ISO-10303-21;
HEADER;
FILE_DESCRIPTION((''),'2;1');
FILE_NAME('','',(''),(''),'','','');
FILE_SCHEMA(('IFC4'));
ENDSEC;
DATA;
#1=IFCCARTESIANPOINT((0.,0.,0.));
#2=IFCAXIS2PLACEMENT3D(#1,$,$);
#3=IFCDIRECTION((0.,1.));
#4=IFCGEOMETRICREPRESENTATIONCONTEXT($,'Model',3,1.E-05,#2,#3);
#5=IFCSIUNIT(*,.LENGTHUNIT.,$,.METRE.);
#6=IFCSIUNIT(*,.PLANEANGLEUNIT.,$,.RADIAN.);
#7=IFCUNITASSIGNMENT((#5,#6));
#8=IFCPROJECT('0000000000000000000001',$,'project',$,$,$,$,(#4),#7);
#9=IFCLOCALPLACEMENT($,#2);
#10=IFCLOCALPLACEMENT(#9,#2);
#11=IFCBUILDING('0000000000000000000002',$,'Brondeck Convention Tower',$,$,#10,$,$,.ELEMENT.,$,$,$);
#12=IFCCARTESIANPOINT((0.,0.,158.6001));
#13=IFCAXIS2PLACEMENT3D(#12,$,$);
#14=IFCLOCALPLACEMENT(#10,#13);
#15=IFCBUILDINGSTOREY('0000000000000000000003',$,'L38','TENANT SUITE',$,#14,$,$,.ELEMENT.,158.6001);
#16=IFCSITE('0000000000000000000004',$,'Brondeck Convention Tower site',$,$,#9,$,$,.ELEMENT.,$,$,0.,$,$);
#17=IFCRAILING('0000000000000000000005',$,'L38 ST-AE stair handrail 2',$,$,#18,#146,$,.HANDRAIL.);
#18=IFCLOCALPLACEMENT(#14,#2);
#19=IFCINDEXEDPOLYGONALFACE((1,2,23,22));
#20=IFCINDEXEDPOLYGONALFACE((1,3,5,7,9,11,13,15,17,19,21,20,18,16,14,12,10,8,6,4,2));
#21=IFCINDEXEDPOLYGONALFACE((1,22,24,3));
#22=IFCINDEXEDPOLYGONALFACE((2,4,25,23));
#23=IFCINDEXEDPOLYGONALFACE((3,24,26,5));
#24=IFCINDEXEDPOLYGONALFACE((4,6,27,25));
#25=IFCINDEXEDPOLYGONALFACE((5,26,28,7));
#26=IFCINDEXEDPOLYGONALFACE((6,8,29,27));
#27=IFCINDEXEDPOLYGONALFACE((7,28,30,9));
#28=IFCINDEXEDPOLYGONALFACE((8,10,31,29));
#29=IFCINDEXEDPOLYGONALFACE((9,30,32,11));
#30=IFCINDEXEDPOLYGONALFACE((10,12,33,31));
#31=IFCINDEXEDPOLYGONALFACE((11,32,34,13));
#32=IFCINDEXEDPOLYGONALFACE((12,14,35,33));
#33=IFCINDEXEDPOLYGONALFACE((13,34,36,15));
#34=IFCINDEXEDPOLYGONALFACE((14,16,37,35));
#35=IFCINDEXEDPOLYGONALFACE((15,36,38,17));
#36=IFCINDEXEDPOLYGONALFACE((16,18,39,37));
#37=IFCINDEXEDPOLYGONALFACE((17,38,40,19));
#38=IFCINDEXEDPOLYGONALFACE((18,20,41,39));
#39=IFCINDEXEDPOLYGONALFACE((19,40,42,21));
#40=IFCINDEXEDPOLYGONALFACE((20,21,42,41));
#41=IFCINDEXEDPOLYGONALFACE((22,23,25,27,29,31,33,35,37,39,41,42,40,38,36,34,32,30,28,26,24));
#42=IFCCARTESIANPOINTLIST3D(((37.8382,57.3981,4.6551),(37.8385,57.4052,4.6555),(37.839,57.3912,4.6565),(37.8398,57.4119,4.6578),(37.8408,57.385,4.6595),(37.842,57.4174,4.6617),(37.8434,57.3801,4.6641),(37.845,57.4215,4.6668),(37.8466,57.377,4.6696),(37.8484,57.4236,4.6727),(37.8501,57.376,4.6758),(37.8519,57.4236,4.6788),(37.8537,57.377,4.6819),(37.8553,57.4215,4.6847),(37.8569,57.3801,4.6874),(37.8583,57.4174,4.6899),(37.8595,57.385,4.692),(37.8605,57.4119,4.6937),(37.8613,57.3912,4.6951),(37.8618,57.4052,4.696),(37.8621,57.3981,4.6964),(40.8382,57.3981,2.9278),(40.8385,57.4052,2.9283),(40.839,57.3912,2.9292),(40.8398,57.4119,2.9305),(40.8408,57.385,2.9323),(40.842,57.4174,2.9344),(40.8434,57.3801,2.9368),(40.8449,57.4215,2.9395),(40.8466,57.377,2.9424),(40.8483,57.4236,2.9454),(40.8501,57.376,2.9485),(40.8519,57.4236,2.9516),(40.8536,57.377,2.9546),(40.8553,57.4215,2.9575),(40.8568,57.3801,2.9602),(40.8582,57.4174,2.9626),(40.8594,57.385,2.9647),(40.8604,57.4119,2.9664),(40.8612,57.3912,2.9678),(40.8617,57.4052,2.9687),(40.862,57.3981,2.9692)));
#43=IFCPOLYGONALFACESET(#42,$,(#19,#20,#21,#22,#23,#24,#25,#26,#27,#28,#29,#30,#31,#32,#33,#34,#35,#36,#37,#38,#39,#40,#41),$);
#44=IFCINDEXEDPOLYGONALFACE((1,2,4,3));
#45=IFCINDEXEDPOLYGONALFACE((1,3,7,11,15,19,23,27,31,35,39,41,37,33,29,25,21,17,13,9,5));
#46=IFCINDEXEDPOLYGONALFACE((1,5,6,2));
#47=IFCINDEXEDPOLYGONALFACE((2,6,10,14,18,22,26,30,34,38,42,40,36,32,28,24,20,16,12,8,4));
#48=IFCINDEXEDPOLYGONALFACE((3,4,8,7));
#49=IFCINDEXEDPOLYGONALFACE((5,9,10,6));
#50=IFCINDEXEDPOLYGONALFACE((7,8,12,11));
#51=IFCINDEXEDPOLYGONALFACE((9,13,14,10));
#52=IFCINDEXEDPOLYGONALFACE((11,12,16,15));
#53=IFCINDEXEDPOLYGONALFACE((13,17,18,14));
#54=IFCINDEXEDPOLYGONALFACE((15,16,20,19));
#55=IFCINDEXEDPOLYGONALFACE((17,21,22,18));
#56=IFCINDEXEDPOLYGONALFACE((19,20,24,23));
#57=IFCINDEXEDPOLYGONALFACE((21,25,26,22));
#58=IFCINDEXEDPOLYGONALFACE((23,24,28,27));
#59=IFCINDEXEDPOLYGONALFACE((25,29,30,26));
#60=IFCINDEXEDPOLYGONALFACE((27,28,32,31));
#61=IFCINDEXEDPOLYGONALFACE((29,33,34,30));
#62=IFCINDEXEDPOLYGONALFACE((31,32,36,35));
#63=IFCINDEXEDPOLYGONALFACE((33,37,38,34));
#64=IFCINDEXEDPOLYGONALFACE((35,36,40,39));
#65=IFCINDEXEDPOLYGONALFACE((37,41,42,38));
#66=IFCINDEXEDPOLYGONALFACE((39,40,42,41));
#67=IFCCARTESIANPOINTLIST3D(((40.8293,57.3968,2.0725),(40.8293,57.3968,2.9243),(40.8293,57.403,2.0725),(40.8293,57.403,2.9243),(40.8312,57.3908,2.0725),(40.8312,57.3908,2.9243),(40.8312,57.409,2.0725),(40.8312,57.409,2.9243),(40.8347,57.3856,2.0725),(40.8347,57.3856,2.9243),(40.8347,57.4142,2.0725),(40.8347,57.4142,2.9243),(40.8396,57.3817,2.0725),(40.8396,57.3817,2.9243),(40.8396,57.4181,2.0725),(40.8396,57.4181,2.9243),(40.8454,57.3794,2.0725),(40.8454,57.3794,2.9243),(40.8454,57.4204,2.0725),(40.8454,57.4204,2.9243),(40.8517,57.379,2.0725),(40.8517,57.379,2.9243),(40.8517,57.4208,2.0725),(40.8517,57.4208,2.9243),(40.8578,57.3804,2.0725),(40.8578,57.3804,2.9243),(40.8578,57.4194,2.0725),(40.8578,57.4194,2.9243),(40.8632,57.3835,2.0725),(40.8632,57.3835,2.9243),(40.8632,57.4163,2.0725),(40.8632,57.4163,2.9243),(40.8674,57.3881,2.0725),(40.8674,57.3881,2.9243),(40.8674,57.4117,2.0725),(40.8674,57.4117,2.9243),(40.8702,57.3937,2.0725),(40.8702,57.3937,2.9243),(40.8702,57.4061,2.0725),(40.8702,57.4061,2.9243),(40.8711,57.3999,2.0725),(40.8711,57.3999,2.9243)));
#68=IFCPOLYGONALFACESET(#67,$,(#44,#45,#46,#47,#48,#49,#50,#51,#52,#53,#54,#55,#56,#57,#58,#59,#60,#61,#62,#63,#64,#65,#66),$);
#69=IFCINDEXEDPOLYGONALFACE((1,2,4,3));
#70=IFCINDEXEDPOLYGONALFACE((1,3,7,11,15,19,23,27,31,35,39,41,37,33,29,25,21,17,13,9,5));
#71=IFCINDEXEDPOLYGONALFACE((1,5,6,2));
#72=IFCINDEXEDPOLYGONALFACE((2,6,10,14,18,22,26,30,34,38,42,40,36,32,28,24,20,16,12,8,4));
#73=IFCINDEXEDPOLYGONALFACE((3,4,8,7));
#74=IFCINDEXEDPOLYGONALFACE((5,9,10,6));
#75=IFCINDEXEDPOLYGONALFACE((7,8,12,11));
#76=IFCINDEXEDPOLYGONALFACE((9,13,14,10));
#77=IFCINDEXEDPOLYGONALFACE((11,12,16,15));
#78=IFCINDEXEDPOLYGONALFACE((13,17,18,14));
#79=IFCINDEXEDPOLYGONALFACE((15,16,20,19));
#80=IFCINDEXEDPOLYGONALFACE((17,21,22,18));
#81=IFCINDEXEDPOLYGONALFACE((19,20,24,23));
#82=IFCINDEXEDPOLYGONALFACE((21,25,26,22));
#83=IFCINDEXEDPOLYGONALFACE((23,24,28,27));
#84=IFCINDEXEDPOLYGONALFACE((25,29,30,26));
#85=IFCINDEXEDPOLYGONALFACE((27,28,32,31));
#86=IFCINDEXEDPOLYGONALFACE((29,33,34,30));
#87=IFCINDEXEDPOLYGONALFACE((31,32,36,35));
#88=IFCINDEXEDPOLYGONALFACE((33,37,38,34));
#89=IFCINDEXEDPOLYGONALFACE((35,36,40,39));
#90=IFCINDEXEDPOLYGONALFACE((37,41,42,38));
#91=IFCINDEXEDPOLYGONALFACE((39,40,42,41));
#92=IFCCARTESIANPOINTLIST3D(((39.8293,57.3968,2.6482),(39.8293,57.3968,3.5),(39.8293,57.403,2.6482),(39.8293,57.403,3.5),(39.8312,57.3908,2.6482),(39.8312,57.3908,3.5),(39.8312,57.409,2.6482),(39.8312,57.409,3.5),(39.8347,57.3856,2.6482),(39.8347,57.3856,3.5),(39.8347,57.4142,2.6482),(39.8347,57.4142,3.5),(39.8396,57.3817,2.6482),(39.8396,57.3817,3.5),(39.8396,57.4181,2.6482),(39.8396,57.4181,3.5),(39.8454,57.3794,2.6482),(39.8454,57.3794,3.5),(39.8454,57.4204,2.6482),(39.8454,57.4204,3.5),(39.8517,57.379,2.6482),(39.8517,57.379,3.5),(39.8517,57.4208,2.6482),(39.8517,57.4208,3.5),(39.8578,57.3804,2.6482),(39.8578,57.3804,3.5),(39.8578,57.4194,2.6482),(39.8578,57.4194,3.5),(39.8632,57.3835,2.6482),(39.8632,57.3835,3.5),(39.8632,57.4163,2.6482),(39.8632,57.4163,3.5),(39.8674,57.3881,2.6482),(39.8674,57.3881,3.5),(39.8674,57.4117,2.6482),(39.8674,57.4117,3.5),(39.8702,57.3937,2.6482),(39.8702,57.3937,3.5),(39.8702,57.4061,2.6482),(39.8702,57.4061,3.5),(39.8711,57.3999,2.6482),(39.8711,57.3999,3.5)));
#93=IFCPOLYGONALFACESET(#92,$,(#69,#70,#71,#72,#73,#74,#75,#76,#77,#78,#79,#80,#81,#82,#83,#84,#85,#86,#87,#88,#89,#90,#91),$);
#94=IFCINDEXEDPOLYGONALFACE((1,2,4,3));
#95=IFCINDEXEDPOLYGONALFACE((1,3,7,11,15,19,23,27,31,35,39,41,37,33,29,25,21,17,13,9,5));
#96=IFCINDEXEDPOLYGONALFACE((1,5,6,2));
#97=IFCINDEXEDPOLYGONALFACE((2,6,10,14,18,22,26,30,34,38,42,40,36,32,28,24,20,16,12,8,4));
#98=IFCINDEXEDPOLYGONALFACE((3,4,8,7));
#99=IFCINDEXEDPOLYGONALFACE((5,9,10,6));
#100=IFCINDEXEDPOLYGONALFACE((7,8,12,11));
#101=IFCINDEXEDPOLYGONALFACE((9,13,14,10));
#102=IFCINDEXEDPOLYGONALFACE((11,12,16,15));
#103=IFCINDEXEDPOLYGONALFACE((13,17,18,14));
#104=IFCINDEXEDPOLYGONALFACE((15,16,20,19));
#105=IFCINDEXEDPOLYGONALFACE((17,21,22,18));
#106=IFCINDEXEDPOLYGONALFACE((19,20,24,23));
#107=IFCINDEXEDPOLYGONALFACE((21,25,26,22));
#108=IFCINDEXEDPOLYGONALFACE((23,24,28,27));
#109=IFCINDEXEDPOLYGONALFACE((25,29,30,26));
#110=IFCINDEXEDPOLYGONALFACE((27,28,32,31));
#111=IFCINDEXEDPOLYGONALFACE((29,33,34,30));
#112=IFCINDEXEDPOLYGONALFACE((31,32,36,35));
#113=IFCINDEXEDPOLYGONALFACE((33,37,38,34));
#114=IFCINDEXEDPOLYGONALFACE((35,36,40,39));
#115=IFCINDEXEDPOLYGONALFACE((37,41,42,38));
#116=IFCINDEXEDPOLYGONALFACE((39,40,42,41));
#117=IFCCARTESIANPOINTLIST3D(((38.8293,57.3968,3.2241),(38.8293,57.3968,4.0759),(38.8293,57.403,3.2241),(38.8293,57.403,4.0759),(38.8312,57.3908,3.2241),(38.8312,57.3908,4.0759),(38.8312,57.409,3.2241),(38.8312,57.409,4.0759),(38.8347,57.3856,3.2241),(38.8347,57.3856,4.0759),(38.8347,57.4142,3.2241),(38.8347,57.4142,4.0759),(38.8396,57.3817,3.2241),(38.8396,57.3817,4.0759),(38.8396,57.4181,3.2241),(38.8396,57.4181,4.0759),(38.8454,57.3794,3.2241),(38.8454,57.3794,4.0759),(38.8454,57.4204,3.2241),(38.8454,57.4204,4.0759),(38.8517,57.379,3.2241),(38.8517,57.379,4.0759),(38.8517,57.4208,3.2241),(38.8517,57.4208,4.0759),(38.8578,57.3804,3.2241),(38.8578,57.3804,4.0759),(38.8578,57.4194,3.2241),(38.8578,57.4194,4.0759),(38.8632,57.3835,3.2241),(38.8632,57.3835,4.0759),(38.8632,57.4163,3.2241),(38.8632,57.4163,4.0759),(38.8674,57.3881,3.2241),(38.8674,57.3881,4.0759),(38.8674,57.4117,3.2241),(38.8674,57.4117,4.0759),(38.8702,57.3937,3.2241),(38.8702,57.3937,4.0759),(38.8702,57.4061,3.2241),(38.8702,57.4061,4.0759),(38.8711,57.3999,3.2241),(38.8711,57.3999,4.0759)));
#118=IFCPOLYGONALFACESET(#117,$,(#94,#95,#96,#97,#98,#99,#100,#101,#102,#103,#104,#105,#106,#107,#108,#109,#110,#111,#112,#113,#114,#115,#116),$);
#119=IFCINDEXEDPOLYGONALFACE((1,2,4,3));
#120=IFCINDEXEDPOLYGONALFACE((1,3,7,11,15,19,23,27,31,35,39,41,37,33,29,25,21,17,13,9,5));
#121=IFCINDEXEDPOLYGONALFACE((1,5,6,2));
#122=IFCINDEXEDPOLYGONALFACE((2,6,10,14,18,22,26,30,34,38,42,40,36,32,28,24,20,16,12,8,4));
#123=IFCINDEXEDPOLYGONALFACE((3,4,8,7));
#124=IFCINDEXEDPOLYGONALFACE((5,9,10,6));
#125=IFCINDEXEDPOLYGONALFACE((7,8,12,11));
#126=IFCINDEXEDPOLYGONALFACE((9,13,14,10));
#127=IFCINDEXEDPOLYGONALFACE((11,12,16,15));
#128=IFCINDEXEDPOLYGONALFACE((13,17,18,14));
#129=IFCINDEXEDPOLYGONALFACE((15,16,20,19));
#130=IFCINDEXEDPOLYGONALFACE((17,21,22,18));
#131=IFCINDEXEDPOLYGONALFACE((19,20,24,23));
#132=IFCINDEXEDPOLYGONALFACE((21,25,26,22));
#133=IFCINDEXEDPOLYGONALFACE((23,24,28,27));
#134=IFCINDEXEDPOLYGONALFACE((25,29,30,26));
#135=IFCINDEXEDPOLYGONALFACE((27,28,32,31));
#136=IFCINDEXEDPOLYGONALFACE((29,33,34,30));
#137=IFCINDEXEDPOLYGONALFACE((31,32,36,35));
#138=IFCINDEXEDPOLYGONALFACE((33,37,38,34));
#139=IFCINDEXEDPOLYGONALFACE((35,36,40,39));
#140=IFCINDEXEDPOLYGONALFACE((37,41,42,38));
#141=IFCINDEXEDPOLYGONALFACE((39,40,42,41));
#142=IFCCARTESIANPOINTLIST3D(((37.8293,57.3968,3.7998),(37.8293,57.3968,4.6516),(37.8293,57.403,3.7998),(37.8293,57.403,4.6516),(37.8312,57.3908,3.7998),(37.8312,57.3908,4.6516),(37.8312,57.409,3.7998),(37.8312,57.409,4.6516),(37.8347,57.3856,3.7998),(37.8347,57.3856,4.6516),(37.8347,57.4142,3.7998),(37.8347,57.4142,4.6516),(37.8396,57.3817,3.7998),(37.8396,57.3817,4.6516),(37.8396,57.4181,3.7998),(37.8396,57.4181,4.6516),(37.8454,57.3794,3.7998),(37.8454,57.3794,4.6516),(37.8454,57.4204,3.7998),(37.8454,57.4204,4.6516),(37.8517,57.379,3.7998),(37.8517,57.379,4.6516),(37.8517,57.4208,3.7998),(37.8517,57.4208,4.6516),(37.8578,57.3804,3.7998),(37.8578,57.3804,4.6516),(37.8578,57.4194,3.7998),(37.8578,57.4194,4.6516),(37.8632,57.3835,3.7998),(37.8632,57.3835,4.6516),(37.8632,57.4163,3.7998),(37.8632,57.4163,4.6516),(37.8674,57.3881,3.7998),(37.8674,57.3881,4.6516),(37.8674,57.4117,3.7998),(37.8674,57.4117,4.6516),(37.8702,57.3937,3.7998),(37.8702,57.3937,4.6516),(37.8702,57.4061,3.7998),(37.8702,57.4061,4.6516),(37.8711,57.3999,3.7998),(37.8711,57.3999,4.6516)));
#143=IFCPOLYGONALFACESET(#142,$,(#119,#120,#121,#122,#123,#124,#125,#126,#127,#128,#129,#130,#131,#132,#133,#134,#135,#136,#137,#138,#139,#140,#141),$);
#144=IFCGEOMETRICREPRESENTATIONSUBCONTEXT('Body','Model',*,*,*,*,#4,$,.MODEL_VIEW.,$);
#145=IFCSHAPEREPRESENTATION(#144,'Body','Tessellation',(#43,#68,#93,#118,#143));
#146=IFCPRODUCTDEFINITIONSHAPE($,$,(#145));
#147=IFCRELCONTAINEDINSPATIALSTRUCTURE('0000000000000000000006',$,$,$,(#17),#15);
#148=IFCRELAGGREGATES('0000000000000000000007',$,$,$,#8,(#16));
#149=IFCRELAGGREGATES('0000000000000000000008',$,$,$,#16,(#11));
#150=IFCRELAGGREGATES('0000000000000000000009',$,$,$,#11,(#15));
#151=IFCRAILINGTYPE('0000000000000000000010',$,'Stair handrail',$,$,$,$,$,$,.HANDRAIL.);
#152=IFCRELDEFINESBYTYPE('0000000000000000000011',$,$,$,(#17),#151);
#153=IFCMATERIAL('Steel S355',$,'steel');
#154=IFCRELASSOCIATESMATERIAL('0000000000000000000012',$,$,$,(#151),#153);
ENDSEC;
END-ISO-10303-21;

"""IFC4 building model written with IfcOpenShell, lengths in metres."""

from ifc_helpers import new_model, si_unit, direction, frame, origin, origin_2d, place, context, subcontext, project, spatial, circle, extrude, material, type_object, element, save


model = new_model("IFC4")

# Units and contexts
model_context = context("Model", 3, precision=1e-05, world=origin(), true_north=direction((0.0, 1.0)))
body_context = subcontext(model_context, "Body", "Model", "MODEL_VIEW")
ifc_project = project(units=[si_unit("LENGTHUNIT", "METRE"), si_unit("PLANEANGLEUNIT", "RADIAN")], contexts=[model_context])

# Site, building, storey
site_placement = place(None, origin())
site = spatial("IfcSite", under=ifc_project, at=site_placement, Name="Brondeck Convention Tower site", CompositionType="ELEMENT", RefElevation=0.0)
building_placement = place(site_placement, origin())
building = spatial("IfcBuilding", under=site, at=building_placement, Name="Brondeck Convention Tower", CompositionType="ELEMENT")
storey_placement = place(building_placement, frame((0.0, 0.0, 158.6001)))
storey = spatial("IfcBuildingStorey", under=building, at=storey_placement, Name="L38", Description="TENANT SUITE", CompositionType="ELEMENT", Elevation=158.6001)

# Shared definitions
ifc_material_1 = material(Name="Steel S355", Category="steel")

# Railing
railing_type = type_object("IfcRailingType", Name="Stair handrail", PredefinedType="HANDRAIL", material=ifc_material_1)
for number, where, name in (
    (1, (40.8501, 57.3999, 2.0725), "L38 ST-AE stair handrail 2"),
):
    element("IfcRailing", number, at=place(storey_placement, frame(where)), inside=storey, type_object=railing_type, Name=name, PredefinedType="HANDRAIL", context=body_context, shape_type="SweptSolid", body=[
        extrude(circle(Radius=0.0239, at=origin_2d()), frame((0.0, 0.0, 0.876), z_axis=(-0.86662, 0.0, 0.498969), x_axis=(0.0, -1.0, 0.0)), (0.0, 0.0, 1.0), 3.4617),
        extrude(circle(Radius=0.021, at=origin_2d()), origin(), (0.0, 0.0, 1.0), 0.8518),
        extrude(circle(Radius=0.021, at=origin_2d()), frame((-1.0, 0.0, 0.5757)), (0.0, 0.0, 1.0), 0.8518),
        extrude(circle(Radius=0.021, at=origin_2d()), frame((-2.0, 0.0, 1.1516)), (0.0, 0.0, 1.0), 0.8518),
        extrude(circle(Radius=0.021, at=origin_2d()), frame((-3.0, 0.0, 1.7273)), (0.0, 0.0, 1.0), 0.8518),
    ])

save(model, "model.ifc")
